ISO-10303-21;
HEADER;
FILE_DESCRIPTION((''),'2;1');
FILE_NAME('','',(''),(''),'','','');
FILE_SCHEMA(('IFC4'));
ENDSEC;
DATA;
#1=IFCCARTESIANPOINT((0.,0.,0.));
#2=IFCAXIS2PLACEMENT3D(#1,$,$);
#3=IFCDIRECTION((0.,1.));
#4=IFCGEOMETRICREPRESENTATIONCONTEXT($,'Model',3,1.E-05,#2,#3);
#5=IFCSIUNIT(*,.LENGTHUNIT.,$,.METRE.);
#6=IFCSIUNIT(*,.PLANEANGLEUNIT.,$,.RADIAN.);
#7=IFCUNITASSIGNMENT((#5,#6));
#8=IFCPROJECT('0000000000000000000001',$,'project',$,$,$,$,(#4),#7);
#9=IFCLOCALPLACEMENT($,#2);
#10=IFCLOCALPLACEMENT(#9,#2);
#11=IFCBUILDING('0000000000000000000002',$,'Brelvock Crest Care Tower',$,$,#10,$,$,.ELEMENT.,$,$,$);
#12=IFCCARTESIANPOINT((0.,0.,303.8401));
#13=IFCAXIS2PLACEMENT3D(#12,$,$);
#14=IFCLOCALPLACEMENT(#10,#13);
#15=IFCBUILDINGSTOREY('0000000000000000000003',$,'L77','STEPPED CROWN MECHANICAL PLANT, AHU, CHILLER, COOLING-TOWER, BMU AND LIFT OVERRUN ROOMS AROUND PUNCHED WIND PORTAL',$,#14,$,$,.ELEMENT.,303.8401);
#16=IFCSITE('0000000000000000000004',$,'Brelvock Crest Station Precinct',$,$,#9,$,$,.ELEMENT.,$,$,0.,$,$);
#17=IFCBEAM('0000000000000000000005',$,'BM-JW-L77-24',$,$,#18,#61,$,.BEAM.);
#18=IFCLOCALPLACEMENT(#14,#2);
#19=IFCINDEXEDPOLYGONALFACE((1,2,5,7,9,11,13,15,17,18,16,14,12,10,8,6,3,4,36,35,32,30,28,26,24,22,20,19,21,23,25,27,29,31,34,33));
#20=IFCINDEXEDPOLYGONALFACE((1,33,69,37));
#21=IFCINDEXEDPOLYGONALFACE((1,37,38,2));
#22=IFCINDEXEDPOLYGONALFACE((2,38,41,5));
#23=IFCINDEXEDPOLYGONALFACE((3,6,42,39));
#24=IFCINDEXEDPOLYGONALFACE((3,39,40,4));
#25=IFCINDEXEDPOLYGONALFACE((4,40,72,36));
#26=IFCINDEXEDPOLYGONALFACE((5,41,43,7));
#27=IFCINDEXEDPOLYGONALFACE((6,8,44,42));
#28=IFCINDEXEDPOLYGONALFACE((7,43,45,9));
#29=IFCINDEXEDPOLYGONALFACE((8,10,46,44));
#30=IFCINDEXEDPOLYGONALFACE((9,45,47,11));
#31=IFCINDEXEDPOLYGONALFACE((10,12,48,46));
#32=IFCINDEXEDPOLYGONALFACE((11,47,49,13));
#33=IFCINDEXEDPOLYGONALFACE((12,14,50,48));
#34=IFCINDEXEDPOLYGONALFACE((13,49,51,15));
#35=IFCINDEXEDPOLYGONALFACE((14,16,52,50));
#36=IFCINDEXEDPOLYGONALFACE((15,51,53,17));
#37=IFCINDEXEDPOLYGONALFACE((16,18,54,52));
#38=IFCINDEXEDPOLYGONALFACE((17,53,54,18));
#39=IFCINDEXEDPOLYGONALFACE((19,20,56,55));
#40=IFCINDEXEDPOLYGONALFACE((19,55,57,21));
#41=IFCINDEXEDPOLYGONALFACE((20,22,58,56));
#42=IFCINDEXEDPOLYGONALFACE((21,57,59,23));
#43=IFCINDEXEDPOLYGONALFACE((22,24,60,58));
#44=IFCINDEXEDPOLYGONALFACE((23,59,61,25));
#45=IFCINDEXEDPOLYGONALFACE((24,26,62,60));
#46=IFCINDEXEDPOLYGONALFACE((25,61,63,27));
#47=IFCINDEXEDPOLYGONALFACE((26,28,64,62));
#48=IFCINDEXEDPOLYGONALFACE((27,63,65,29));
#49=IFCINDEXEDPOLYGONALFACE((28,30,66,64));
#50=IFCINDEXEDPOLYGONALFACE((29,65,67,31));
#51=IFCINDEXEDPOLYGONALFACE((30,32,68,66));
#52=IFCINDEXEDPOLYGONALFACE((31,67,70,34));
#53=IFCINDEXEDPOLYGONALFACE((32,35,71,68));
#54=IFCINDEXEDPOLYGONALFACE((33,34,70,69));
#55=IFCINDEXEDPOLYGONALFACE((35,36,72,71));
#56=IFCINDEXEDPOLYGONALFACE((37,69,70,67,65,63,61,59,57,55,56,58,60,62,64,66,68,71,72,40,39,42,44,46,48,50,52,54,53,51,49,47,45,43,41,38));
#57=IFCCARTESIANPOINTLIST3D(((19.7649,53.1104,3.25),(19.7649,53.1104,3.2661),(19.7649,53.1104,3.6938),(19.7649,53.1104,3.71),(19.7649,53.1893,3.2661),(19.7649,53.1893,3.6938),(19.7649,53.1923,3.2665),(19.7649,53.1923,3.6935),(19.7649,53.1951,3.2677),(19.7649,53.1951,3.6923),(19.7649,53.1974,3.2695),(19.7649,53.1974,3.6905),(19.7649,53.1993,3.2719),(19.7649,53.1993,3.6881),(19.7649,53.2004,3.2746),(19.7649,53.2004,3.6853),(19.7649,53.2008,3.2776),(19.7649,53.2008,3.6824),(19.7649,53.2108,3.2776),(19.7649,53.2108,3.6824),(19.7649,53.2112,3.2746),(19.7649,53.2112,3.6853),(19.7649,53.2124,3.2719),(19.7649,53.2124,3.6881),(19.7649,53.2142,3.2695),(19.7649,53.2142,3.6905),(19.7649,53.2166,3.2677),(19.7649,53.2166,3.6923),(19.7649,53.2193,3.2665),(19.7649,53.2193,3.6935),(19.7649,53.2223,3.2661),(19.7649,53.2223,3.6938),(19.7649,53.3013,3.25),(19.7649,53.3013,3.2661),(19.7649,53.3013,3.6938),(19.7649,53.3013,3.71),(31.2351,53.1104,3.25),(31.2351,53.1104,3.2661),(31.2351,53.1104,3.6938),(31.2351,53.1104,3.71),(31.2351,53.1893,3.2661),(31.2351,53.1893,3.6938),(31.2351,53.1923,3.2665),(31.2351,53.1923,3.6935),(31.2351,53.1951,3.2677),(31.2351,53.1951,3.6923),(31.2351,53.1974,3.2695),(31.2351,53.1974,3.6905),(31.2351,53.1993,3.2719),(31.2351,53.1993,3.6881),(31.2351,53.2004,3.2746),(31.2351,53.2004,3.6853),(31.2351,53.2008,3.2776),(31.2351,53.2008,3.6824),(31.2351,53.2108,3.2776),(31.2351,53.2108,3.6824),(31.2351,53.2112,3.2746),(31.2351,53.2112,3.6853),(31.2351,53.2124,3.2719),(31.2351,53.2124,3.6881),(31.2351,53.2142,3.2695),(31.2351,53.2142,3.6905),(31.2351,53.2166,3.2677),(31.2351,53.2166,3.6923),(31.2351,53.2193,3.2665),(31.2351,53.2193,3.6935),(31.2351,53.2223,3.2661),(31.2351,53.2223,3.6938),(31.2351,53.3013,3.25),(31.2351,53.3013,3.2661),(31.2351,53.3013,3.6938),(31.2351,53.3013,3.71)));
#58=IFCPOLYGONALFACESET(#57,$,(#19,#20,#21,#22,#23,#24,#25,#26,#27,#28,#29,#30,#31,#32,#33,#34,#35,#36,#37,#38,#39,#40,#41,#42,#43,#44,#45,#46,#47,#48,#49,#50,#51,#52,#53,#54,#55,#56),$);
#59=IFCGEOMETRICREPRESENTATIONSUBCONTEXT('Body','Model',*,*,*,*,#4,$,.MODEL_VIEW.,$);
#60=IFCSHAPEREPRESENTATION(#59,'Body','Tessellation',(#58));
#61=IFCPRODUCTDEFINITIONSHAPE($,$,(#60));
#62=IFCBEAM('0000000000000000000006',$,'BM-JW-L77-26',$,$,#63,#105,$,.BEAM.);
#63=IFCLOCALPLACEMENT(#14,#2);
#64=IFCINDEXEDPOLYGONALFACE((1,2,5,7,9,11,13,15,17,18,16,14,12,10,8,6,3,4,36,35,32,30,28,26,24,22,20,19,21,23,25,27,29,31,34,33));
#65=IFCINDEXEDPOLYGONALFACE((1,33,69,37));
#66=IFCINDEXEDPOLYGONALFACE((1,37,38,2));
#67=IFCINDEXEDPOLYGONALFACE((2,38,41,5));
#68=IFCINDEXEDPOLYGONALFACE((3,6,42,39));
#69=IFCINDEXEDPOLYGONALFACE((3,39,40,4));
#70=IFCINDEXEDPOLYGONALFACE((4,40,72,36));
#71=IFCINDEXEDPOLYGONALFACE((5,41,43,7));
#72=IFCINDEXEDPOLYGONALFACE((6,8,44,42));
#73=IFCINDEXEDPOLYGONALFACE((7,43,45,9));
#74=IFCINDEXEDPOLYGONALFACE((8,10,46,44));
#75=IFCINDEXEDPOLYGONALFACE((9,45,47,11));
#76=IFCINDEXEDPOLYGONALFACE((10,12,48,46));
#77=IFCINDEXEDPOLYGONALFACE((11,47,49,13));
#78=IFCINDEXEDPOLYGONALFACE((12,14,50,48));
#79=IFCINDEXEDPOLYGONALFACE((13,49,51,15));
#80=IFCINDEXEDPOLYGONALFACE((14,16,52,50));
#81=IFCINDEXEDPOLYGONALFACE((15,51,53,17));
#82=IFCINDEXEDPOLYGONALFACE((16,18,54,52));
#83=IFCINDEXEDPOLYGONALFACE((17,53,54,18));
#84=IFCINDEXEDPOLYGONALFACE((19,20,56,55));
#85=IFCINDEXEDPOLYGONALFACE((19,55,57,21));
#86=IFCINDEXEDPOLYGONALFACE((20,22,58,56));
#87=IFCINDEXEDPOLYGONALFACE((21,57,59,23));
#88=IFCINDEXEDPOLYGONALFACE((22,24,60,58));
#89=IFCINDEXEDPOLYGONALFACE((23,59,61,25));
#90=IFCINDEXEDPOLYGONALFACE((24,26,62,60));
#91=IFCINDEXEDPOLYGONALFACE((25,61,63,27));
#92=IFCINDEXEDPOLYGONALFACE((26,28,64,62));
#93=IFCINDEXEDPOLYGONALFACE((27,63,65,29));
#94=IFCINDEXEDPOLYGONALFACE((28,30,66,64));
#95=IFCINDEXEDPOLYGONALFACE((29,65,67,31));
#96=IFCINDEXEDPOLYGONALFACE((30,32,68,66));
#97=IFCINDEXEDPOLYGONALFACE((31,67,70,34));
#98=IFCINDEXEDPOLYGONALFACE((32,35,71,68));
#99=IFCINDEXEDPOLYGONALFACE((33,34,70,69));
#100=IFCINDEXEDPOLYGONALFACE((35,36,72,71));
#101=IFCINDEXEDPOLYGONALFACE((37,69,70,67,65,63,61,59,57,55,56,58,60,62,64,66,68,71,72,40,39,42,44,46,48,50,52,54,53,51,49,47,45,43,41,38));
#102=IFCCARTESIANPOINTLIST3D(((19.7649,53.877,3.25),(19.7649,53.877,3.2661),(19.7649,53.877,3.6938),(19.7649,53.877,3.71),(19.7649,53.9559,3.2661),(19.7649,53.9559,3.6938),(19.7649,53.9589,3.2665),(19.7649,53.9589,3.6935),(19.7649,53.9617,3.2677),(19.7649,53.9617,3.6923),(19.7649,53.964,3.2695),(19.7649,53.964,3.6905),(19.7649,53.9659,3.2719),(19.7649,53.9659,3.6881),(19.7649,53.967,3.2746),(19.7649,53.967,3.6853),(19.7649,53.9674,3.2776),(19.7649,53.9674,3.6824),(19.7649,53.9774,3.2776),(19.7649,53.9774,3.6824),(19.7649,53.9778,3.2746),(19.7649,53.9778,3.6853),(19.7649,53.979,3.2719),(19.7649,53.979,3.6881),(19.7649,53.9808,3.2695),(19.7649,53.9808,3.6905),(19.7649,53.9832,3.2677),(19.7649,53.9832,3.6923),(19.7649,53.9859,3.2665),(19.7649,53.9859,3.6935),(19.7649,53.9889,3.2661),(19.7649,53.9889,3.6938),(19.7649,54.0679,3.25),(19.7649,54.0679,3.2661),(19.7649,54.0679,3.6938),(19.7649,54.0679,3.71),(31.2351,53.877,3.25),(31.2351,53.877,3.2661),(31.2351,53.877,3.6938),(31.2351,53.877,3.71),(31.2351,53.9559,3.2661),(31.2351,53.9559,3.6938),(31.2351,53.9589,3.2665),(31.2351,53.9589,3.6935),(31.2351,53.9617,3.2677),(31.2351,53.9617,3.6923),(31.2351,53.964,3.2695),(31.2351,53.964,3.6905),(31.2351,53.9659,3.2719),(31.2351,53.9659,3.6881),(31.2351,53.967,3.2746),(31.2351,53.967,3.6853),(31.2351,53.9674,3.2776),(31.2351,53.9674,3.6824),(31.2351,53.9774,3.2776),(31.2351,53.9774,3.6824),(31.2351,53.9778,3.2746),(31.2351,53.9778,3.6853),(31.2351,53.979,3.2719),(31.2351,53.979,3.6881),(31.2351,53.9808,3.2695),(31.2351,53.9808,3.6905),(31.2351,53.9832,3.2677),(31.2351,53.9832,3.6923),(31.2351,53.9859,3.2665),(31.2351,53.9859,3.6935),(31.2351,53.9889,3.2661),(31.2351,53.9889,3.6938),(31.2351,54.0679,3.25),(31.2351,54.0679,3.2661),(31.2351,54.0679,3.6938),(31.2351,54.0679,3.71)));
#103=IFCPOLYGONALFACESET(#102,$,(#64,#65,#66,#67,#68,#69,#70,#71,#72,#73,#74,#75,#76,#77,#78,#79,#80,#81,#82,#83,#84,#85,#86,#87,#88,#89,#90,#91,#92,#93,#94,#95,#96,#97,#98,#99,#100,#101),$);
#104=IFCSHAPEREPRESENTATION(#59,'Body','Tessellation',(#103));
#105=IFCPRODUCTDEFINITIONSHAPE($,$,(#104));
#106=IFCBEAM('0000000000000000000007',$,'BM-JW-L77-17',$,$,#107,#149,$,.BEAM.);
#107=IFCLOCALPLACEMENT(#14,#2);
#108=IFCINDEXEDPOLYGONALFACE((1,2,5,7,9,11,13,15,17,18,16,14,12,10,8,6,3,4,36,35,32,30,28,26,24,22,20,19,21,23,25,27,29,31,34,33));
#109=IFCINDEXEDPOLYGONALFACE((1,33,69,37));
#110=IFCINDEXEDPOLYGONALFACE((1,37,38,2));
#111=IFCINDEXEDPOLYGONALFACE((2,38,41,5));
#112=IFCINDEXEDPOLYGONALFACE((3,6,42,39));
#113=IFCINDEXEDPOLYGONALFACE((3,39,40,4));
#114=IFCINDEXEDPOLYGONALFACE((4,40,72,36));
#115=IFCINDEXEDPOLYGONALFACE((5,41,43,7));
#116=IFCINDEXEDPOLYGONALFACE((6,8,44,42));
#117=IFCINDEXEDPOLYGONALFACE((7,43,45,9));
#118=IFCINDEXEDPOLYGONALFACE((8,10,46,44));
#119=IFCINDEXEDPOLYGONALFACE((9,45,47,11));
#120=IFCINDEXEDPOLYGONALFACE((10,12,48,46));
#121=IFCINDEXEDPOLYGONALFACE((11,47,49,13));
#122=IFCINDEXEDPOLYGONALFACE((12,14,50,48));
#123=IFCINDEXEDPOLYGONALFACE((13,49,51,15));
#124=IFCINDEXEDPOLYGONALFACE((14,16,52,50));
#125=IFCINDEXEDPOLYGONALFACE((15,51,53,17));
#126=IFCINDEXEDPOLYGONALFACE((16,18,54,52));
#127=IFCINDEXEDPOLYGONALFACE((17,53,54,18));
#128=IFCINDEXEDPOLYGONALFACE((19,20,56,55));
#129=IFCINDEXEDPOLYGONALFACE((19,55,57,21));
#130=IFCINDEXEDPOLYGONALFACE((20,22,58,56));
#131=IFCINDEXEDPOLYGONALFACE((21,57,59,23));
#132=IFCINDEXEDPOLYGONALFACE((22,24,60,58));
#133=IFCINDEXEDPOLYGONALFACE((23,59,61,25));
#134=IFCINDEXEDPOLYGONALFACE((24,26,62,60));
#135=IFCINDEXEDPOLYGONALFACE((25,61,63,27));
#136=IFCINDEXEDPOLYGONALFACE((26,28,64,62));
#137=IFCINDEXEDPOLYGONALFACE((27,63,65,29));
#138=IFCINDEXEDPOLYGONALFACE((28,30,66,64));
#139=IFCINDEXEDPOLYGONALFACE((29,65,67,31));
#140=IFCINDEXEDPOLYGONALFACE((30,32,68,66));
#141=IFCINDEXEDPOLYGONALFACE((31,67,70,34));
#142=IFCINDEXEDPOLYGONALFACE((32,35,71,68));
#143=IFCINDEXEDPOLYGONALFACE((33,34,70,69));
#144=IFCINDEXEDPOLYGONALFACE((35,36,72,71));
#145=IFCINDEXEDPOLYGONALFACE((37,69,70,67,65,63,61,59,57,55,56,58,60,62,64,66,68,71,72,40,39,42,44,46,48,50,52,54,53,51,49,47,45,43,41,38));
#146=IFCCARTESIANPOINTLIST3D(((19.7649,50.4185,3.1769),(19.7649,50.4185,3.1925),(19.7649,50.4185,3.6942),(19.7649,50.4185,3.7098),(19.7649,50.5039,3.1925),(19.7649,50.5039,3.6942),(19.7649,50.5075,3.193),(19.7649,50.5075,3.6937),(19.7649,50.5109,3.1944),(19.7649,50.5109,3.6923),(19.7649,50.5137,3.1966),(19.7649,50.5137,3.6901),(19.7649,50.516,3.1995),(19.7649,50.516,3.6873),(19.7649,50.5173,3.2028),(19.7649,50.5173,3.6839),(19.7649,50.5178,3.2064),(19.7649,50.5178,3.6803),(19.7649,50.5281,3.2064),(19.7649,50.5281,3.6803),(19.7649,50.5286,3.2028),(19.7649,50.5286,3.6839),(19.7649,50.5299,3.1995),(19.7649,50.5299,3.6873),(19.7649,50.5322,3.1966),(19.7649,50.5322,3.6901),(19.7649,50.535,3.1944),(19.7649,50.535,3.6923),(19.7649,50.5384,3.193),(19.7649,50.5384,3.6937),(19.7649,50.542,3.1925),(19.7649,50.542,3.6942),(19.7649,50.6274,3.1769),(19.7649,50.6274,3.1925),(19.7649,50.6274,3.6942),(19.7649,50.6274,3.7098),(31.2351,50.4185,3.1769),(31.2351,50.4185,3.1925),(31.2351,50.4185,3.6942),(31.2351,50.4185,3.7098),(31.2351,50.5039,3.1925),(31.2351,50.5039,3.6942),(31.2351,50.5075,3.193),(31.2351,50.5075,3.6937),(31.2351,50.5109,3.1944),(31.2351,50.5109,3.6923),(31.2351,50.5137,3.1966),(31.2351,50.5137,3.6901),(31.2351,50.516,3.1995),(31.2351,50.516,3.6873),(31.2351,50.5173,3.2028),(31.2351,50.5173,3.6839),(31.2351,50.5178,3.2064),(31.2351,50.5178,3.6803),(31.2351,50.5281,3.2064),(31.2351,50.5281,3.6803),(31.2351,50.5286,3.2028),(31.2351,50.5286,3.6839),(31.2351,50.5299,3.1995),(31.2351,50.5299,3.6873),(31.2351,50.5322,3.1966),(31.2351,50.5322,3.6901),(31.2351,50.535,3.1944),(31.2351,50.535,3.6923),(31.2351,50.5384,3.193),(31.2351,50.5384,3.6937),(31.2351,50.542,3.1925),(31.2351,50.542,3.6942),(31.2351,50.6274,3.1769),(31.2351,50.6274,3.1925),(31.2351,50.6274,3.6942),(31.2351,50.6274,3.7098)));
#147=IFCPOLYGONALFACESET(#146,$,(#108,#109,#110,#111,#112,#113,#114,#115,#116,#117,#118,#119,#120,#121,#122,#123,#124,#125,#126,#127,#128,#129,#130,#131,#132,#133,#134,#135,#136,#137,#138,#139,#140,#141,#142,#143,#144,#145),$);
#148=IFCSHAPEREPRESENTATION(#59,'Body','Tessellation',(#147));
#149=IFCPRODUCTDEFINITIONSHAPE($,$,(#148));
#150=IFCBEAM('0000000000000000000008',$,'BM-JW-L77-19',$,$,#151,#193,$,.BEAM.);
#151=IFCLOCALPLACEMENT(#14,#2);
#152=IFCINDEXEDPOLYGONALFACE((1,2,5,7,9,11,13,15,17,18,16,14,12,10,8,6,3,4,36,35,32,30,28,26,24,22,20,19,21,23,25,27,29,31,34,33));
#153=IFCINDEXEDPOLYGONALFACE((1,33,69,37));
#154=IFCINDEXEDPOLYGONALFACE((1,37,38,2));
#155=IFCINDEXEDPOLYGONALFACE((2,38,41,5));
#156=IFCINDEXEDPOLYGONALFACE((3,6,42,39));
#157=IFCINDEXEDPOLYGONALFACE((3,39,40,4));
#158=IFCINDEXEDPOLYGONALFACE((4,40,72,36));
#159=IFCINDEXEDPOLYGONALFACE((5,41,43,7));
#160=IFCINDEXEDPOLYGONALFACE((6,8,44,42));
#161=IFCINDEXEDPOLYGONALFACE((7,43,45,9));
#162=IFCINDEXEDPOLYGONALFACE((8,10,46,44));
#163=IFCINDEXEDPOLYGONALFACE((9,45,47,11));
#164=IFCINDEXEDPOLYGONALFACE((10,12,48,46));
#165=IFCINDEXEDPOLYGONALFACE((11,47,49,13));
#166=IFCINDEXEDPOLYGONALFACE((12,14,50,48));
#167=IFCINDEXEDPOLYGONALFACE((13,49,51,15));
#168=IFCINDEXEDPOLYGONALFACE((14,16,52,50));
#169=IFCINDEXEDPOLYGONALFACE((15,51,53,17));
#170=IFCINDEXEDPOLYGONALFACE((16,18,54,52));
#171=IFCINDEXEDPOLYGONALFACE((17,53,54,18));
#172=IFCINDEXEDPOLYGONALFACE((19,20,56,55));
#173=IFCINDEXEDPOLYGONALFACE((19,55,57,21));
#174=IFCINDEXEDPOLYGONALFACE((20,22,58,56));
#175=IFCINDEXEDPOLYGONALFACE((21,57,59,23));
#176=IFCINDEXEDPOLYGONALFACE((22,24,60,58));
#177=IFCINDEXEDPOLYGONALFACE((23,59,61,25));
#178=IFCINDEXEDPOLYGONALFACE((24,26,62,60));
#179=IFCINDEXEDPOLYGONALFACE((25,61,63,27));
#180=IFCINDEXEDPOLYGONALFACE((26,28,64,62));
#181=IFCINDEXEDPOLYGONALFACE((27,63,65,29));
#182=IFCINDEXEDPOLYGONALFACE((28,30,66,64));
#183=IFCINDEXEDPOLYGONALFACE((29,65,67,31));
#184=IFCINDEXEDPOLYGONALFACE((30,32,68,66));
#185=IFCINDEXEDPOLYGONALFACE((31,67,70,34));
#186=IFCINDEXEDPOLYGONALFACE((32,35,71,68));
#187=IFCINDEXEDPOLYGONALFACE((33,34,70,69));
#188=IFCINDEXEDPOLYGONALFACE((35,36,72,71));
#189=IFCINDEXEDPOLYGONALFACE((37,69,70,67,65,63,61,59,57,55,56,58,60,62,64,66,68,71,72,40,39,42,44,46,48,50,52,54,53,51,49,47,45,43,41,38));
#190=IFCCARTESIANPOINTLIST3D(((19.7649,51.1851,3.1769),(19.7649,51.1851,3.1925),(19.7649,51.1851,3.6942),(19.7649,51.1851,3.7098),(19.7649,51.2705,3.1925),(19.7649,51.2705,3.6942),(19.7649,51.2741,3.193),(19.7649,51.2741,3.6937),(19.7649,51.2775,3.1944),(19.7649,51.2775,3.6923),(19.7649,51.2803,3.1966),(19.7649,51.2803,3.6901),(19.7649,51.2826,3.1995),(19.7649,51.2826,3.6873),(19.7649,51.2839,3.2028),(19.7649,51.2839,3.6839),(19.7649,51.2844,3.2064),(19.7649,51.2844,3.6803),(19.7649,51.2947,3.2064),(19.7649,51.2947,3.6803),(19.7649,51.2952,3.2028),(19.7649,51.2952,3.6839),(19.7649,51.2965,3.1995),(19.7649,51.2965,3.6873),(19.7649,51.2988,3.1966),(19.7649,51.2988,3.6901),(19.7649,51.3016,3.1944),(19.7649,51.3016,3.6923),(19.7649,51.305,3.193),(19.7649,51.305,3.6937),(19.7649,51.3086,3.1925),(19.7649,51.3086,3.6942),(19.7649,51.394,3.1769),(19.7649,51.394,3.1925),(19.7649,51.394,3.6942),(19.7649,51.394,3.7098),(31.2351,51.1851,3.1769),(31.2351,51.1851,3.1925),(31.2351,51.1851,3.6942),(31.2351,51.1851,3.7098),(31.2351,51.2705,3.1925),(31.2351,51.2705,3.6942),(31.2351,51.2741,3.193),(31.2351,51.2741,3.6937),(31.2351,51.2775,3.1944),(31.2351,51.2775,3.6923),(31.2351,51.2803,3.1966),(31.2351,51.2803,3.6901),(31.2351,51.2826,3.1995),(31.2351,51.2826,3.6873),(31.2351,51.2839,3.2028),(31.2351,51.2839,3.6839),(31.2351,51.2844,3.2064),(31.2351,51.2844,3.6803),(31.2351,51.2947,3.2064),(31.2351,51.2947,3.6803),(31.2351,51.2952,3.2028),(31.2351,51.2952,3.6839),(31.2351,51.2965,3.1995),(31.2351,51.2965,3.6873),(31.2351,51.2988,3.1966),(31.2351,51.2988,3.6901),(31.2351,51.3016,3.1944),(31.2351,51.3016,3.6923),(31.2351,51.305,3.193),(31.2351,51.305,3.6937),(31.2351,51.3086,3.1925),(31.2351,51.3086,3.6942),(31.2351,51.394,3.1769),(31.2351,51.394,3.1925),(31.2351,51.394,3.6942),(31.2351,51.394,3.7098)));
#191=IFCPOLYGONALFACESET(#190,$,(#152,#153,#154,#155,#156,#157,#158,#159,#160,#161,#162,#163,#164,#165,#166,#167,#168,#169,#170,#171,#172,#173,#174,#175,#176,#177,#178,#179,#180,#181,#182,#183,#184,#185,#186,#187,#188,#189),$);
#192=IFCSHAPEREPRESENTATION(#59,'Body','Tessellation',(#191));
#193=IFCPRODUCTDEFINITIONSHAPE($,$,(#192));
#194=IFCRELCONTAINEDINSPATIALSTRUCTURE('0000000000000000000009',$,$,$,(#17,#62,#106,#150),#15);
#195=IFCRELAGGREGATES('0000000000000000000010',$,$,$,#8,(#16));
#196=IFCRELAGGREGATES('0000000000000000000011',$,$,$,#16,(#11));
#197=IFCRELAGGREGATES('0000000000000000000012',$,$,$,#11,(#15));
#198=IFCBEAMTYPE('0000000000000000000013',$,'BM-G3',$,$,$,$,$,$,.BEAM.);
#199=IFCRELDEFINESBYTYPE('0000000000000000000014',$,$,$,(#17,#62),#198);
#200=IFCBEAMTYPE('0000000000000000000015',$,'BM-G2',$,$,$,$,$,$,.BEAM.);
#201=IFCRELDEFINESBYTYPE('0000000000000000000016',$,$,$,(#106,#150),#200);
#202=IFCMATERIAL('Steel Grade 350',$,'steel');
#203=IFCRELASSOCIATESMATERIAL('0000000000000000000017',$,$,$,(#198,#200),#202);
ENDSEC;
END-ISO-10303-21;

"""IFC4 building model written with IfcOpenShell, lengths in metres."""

from ifc_helpers import new_model, si_unit, direction, frame, origin, origin_2d, place, context, subcontext, project, spatial, i_section, extrude, source, transform, mapped, material, material_profile, profile_set, type_object, element, save


model = new_model("IFC4")

# Units and contexts
model_context = context("Model", 3, precision=1e-05, world=origin(), true_north=direction((0.0, 1.0)))
body_context = subcontext(model_context, "Body", "Model", "MODEL_VIEW")
ifc_project = project(units=[si_unit("LENGTHUNIT", "METRE"), si_unit("PLANEANGLEUNIT", "RADIAN")], contexts=[model_context])

# Site, building, storey
site_placement = place(None, origin())
site = spatial("IfcSite", under=ifc_project, at=site_placement, Name="Brelvock Crest Station Precinct", CompositionType="ELEMENT", RefElevation=0.0)
building_placement = place(site_placement, origin())
building = spatial("IfcBuilding", under=site, at=building_placement, Name="Brelvock Crest Care Tower", CompositionType="ELEMENT")
storey_placement = place(building_placement, frame((0.0, 0.0, 303.8401)))
storey = spatial("IfcBuildingStorey", under=building, at=storey_placement, Name="L77", Description="STEPPED CROWN MECHANICAL PLANT, AHU, CHILLER, COOLING-TOWER, BMU AND LIFT OVERRUN ROOMS AROUND PUNCHED WIND PORTAL", CompositionType="ELEMENT", Elevation=303.8401)

# Shared definitions
ifc_material_1 = material(Name="Steel Grade 350", Category="steel")

# Beams
ifc_material_profile_1 = material_profile(ifc_material_1, i_section(OverallWidth=0.1909, OverallDepth=0.46, WebThickness=0.01, FlangeThickness=0.0161, FilletRadius=0.0115, at=origin_2d()), Name="460UB82.1")
ifc_profile_set_1 = profile_set([ifc_material_profile_1], Name="Steel Grade 350")
beam_type_1 = type_object("IfcBeamType", Name="BM-G3", PredefinedType="BEAM", material=ifc_profile_set_1)
shared_shape_1 = source(origin(), body_context, "Body", "SweptSolid", [
    extrude(i_section(OverallWidth=0.1909, OverallDepth=0.46, WebThickness=0.01, FlangeThickness=0.0161, FilletRadius=0.0115, at=origin_2d()), origin(), (0.0, 0.0, 1.0), 11.4702),
])
for number, where, z_axis, x_axis, name in (
    (1, (19.7649, 53.2058, 3.48), (1.0, 0.0, 0.0), (0.0, 1.0, 0.0), "BM-JW-L77-24"),
    (2, (19.7649, 53.9724, 3.48), (1.0, 0.0, 0.0), (0.0, 1.0, 0.0), "BM-JW-L77-26"),
):
    element("IfcBeam", number, at=place(storey_placement, frame(where, z_axis=z_axis, x_axis=x_axis)), inside=storey, type_object=beam_type_1, Name=name, PredefinedType="BEAM", context=body_context, shape_type="MappedRepresentation", body=[
        mapped(shared_shape_1, transform((0.0, 0.0, 0.0), x_axis=(1.0, 0.0, 0.0), y_axis=(0.0, 1.0, 0.0), z_axis=(0.0, 0.0, 1.0), scale=1.0)),
    ])
ifc_material_profile_2 = material_profile(ifc_material_1, i_section(OverallWidth=0.209, OverallDepth=0.533, WebThickness=0.0103, FlangeThickness=0.0156, FilletRadius=0.0139, at=origin_2d()), Name="530UB92.4")
ifc_profile_set_2 = profile_set([ifc_material_profile_2], Name="Steel Grade 350")
beam_type_2 = type_object("IfcBeamType", Name="BM-G2", PredefinedType="BEAM", material=ifc_profile_set_2)
shared_shape_2 = source(origin(), body_context, "Body", "SweptSolid", [
    extrude(i_section(OverallWidth=0.209, OverallDepth=0.533, WebThickness=0.0103, FlangeThickness=0.0156, FilletRadius=0.0139, at=origin_2d()), origin(), (0.0, 0.0, 1.0), 11.4702),
])
for number, where, z_axis, x_axis, name in (
    (3, (19.7649, 50.5229, 3.4434), (1.0, 0.0, 0.0), (0.0, 1.0, 0.0), "BM-JW-L77-17"),
    (4, (19.7649, 51.2896, 3.4434), (1.0, 0.0, 0.0), (0.0, 1.0, 0.0), "BM-JW-L77-19"),
):
    element("IfcBeam", number, at=place(storey_placement, frame(where, z_axis=z_axis, x_axis=x_axis)), inside=storey, type_object=beam_type_2, Name=name, PredefinedType="BEAM", context=body_context, shape_type="MappedRepresentation", body=[
        mapped(shared_shape_2, transform((0.0, 0.0, 0.0), x_axis=(1.0, 0.0, 0.0), y_axis=(0.0, 1.0, 0.0), z_axis=(0.0, 0.0, 1.0), scale=1.0)),
    ])

save(model, "model.ifc")
